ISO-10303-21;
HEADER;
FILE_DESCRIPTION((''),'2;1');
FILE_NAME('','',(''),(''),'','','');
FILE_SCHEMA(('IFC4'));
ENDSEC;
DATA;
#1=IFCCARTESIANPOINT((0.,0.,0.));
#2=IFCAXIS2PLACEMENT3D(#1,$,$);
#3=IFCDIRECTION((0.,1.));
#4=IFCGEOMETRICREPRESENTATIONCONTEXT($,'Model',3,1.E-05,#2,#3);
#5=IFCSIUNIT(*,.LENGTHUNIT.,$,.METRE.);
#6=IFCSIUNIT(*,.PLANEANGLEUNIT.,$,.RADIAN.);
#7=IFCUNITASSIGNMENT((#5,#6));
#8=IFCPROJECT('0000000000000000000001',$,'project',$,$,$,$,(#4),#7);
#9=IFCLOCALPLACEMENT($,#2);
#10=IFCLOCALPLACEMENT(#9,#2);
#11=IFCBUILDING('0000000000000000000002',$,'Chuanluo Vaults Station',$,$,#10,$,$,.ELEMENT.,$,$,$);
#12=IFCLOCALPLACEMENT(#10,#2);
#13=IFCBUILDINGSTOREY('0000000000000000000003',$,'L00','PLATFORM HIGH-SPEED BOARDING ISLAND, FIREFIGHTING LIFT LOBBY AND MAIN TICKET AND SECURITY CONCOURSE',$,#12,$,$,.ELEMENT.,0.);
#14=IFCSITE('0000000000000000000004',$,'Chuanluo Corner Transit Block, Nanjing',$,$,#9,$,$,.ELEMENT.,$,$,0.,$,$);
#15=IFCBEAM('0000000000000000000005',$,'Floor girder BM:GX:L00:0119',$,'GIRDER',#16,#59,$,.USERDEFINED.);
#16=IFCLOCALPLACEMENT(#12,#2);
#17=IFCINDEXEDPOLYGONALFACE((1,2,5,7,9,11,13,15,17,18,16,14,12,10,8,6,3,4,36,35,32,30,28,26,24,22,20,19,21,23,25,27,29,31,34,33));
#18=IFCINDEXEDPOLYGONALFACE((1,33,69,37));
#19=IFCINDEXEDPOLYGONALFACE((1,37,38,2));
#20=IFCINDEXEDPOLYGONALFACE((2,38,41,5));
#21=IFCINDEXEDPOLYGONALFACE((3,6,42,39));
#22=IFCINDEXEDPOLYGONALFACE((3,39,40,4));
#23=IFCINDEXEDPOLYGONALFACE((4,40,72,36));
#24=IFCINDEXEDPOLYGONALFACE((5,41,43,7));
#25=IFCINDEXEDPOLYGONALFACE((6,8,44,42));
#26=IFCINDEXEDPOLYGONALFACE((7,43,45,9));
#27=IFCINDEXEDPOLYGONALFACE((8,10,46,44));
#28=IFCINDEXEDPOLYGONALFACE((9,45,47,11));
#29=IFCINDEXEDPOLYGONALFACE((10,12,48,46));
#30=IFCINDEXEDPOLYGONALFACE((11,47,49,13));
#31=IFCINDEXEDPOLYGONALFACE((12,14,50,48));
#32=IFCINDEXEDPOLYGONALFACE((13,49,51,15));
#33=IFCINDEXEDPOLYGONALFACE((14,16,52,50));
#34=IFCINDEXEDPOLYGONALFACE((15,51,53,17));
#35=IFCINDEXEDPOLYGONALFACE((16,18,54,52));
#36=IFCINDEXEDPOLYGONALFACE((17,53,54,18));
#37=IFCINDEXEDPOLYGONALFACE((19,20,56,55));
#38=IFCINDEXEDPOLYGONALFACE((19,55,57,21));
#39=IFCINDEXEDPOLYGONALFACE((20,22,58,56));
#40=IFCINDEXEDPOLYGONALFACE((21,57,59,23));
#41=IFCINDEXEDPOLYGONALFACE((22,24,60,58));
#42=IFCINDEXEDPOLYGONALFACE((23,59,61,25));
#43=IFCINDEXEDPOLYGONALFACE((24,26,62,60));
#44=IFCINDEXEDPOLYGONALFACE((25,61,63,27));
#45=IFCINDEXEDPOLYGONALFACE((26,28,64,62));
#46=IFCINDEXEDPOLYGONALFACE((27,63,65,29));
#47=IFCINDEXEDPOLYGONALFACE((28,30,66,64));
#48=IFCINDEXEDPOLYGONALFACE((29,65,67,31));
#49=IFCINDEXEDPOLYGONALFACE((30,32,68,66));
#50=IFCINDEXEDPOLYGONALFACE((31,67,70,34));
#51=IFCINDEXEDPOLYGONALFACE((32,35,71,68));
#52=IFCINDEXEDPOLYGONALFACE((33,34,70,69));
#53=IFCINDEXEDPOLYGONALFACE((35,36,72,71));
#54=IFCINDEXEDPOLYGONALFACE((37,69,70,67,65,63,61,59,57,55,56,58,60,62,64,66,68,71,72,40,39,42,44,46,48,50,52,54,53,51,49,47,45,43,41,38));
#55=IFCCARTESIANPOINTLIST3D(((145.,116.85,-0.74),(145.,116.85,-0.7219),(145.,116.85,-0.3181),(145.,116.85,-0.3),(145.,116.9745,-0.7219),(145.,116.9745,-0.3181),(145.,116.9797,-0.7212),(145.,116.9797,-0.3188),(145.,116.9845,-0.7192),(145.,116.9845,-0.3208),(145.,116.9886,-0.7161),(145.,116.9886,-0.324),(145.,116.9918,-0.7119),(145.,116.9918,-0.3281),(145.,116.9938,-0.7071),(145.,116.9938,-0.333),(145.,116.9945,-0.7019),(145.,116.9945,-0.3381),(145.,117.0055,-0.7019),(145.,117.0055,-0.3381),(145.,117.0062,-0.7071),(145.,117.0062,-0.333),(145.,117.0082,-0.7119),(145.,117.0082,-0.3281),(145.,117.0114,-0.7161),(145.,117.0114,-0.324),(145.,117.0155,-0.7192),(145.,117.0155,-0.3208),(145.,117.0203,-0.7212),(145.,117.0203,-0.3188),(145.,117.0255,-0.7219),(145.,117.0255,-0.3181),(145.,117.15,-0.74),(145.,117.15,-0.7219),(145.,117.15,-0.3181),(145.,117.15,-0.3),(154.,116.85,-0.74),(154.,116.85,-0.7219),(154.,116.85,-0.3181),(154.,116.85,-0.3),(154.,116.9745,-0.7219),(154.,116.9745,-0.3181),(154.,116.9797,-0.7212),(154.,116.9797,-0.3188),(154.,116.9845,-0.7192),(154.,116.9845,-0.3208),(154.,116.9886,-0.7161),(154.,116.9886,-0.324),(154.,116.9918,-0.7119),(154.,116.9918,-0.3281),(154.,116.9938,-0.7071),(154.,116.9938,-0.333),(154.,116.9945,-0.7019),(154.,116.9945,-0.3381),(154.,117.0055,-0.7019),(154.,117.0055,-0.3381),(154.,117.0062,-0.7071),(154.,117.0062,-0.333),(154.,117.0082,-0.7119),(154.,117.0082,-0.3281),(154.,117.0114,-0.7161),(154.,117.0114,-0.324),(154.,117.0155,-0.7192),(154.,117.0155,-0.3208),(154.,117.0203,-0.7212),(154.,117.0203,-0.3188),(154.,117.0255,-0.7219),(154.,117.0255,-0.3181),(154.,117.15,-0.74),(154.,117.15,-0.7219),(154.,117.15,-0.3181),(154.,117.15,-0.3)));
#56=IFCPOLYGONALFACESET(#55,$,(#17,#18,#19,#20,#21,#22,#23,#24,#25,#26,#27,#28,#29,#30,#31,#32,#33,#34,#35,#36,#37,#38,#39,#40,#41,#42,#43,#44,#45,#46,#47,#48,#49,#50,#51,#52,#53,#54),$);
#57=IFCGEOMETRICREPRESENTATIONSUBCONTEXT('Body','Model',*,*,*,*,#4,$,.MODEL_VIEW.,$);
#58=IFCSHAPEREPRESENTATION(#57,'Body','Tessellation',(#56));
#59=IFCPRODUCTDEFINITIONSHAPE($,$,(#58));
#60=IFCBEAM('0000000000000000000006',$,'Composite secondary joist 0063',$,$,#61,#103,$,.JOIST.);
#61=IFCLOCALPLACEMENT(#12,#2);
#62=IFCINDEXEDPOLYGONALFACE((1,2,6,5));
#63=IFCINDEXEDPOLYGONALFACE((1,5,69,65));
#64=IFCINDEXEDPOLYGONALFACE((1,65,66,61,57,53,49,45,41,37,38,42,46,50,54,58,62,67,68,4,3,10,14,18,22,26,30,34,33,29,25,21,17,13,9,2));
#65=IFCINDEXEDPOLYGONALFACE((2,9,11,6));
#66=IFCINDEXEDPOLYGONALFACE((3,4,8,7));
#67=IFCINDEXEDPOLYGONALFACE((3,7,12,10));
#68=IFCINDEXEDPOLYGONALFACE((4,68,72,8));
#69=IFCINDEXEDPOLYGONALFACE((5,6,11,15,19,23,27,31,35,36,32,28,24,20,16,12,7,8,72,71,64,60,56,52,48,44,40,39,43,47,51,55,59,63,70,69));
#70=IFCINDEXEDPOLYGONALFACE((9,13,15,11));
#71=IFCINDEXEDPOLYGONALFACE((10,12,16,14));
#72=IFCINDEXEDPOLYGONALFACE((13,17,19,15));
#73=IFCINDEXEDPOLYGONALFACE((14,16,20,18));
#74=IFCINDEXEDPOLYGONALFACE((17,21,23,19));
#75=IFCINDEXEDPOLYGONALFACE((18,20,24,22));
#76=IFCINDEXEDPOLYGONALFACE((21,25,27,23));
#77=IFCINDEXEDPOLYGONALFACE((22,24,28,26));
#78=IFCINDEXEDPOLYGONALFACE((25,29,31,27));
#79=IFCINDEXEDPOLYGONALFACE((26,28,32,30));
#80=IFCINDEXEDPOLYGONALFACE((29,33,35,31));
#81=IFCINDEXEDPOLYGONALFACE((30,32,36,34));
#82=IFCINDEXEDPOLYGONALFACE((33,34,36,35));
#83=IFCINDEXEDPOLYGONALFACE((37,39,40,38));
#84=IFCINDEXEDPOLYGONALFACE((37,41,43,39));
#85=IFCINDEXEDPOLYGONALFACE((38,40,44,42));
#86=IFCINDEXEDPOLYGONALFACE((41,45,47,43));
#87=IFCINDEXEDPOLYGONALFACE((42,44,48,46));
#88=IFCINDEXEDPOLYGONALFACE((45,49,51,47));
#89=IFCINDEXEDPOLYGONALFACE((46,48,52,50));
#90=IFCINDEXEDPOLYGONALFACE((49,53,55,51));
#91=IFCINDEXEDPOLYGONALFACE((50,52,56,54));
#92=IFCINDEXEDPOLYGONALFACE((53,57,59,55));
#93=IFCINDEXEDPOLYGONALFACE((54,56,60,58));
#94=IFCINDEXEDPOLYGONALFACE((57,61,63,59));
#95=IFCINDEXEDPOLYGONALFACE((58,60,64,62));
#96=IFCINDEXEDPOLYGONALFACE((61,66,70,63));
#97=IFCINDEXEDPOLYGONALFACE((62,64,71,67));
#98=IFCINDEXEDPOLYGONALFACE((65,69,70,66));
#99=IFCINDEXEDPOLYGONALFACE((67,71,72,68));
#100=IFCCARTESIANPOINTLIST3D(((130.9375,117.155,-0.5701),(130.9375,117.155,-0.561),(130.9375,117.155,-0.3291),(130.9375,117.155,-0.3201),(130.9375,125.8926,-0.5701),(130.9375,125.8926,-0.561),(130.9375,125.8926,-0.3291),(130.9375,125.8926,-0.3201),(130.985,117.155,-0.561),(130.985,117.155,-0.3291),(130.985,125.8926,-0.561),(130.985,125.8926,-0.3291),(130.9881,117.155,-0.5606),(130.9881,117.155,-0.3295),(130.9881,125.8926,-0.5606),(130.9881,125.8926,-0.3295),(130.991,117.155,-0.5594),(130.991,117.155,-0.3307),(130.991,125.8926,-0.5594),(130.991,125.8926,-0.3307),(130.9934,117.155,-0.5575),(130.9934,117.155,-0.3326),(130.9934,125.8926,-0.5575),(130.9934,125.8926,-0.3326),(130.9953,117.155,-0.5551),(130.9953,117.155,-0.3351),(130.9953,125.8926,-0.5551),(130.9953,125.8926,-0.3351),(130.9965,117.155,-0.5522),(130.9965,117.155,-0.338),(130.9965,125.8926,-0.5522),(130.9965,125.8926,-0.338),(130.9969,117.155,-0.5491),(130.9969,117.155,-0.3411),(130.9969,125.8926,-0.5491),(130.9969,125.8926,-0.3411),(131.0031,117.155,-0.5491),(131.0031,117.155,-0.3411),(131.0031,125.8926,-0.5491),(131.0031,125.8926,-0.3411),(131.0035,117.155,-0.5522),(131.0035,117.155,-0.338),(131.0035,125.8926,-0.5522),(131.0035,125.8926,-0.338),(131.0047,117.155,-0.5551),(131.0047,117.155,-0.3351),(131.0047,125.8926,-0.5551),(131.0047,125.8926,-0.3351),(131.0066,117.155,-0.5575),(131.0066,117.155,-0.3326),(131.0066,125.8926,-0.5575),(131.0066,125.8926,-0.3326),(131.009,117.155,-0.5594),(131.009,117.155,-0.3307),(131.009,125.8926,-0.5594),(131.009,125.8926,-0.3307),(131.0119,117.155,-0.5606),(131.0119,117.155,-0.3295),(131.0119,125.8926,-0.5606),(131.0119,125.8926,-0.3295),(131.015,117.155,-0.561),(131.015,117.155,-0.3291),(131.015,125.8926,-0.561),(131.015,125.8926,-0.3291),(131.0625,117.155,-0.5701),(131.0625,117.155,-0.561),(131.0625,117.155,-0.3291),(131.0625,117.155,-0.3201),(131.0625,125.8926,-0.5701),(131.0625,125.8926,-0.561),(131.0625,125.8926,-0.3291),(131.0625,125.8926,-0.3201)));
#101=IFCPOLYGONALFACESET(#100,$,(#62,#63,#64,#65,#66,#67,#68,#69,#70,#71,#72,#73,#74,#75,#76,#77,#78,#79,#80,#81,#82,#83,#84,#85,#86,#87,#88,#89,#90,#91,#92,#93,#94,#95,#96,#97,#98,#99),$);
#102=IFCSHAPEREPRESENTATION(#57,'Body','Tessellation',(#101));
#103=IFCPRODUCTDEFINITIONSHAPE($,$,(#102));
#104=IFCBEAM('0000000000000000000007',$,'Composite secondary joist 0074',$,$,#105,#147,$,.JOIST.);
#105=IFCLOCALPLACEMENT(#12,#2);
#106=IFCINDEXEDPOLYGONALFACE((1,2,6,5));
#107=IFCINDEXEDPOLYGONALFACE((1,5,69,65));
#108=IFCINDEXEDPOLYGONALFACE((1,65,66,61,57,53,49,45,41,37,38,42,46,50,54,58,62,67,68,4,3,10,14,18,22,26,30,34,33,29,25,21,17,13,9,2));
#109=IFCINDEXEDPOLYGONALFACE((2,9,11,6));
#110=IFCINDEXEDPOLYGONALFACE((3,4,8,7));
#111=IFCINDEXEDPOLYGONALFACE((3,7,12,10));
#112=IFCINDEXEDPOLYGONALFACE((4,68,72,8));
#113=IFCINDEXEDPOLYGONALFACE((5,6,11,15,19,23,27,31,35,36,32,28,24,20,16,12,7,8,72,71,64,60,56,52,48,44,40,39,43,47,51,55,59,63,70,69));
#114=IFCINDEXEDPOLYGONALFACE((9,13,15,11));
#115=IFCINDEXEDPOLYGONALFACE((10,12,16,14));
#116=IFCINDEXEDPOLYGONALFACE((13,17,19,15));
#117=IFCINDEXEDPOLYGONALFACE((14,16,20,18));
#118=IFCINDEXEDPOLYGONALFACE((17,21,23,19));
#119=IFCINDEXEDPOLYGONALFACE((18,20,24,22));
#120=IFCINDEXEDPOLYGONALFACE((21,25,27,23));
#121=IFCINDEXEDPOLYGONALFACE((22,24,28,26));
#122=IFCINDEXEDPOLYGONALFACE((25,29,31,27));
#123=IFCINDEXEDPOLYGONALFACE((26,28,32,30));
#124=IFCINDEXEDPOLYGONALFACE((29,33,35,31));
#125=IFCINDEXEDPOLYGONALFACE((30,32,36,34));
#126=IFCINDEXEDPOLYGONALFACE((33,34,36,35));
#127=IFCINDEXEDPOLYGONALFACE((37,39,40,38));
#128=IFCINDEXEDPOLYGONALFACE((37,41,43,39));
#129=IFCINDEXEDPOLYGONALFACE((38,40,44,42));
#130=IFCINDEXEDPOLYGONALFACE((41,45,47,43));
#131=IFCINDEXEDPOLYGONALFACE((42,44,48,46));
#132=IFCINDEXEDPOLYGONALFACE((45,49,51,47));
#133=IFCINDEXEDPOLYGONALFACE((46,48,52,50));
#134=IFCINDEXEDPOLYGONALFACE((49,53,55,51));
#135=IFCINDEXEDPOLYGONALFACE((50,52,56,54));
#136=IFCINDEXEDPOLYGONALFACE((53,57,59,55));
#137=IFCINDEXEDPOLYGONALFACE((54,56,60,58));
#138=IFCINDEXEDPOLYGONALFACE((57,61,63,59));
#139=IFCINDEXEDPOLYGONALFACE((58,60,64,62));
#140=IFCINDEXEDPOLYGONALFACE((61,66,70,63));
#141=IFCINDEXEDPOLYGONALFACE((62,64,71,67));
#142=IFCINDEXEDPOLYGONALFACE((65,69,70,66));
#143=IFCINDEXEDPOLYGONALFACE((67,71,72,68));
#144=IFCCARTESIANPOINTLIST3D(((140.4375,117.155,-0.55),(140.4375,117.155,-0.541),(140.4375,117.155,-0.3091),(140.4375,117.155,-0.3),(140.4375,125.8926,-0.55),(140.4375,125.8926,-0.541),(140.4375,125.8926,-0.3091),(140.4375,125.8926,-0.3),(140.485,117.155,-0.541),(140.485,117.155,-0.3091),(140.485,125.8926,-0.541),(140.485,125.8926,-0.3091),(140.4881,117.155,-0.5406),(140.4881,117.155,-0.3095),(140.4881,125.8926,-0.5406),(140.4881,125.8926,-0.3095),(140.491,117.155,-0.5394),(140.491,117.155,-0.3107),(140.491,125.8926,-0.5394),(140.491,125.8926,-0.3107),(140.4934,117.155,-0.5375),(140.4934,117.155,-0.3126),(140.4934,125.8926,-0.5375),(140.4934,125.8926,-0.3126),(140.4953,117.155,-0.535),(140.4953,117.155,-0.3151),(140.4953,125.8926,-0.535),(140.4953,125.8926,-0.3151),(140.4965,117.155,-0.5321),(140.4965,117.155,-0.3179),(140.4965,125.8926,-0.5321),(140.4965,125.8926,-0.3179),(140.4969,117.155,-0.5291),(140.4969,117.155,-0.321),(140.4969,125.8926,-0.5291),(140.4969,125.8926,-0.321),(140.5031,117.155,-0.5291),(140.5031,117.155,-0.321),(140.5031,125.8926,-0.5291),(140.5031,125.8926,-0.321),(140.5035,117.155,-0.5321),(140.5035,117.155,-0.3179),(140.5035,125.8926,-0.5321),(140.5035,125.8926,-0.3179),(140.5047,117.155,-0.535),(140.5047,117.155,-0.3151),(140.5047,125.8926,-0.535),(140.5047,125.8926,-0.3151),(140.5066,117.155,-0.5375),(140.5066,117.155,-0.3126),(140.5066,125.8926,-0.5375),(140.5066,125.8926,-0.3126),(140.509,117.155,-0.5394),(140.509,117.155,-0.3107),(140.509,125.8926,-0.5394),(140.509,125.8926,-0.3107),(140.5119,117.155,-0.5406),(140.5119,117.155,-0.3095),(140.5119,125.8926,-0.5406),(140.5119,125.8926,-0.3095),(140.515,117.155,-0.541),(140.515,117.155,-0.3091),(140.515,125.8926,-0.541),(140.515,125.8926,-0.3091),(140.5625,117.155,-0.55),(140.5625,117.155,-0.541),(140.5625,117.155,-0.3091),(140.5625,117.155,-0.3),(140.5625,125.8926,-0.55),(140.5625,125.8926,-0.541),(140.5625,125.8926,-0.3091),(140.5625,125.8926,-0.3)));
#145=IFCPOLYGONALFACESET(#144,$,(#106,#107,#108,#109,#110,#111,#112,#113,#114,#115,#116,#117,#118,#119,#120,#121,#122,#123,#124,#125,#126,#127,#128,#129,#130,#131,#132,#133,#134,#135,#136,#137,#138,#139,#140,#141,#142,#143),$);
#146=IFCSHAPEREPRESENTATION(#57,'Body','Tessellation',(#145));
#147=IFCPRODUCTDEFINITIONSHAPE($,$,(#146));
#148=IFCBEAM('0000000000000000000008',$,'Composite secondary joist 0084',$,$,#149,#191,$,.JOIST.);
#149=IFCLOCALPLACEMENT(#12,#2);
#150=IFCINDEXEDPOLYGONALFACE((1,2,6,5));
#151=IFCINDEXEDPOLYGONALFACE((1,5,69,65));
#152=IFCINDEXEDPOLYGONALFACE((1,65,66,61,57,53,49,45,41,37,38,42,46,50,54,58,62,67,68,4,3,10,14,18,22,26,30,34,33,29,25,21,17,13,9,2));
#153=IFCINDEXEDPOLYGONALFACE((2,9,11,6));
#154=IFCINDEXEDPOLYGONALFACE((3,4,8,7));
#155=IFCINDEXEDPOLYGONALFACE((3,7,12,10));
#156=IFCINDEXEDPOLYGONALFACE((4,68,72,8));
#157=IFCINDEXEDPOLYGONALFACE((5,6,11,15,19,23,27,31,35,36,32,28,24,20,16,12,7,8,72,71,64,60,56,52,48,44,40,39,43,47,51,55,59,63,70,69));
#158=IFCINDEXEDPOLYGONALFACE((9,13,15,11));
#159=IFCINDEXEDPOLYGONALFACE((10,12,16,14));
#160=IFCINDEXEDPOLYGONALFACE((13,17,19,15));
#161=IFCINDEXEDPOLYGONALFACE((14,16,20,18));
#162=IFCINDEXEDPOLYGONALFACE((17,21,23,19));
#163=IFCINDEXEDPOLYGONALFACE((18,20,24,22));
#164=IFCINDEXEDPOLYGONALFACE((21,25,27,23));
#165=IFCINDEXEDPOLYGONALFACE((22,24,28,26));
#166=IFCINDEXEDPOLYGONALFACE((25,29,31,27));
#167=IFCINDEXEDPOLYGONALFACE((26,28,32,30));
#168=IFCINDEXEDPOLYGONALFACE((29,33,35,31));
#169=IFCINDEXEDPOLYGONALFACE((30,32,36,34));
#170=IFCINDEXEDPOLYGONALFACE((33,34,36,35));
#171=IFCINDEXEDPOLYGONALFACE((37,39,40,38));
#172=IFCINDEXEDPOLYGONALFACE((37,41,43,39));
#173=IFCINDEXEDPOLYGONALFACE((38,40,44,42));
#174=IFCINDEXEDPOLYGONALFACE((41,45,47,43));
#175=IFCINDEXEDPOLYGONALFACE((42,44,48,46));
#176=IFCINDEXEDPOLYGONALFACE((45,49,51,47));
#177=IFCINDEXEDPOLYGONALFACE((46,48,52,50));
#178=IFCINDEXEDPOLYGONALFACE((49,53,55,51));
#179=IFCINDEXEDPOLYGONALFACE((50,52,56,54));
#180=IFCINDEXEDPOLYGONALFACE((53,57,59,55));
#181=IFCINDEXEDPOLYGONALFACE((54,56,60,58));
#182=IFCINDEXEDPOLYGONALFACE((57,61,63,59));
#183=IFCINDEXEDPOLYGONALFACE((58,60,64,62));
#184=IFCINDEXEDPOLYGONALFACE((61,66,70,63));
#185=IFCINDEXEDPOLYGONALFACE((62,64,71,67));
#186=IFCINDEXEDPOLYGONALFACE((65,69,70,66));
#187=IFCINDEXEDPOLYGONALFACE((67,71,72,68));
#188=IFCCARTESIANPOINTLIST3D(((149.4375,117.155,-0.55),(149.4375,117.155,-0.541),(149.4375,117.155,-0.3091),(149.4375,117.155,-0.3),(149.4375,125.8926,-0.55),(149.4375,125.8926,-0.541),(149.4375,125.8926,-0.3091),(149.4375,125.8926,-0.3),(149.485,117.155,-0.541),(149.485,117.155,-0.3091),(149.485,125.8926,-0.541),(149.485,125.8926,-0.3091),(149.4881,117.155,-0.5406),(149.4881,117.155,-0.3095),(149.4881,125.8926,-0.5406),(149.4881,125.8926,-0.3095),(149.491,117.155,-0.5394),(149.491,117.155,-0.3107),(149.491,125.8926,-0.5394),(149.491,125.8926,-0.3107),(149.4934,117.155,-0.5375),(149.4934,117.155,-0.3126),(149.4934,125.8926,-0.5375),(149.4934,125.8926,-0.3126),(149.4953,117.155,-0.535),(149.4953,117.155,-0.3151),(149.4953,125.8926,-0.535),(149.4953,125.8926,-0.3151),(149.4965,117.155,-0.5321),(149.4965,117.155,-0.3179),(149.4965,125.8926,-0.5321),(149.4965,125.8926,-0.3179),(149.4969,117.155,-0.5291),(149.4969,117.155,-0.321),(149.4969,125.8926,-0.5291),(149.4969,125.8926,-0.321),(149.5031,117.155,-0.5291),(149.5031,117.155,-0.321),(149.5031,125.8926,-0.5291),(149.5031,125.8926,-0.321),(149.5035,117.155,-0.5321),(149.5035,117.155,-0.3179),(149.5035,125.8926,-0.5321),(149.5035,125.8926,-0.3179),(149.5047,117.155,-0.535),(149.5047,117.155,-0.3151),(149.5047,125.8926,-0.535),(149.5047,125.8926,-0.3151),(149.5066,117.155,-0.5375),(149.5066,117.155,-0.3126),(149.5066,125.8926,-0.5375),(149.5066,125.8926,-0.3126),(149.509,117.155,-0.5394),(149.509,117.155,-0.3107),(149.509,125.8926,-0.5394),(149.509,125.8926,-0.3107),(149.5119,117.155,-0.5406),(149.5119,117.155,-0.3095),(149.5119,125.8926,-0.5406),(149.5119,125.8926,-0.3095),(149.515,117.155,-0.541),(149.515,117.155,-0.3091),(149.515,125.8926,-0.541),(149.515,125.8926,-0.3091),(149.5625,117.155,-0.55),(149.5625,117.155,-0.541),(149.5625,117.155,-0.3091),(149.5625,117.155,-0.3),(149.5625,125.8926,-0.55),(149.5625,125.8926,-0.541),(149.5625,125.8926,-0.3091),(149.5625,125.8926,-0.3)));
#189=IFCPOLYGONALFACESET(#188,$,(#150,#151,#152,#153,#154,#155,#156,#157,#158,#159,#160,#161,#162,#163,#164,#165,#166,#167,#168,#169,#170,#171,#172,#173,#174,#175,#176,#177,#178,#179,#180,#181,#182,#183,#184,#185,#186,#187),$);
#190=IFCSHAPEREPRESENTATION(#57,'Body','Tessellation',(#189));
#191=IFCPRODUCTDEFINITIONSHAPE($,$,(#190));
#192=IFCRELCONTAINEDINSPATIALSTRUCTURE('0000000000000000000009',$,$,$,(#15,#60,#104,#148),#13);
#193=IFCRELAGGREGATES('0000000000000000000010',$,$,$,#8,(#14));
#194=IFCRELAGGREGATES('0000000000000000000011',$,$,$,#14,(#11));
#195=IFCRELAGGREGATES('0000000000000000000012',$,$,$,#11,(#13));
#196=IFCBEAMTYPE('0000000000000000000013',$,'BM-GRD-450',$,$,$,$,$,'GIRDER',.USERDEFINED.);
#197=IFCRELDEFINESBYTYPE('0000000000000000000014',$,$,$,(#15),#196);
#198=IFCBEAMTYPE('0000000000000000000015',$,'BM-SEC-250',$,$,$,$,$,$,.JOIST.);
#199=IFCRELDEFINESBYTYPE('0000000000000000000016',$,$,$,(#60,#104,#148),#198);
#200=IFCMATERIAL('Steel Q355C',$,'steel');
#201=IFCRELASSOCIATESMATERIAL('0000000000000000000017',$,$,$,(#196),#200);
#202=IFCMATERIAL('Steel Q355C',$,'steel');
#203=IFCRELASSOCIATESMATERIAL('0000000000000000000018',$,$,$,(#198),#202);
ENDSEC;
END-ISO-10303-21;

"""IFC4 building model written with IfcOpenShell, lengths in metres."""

from ifc_helpers import new_model, si_unit, direction, frame, origin, origin_2d, place, context, subcontext, project, spatial, i_section, extrude, material, material_profile, profile_set, type_object, element, save


model = new_model("IFC4")

# Units and contexts
model_context = context("Model", 3, precision=1e-05, world=origin(), true_north=direction((0.0, 1.0)))
body_context = subcontext(model_context, "Body", "Model", "MODEL_VIEW")
ifc_project = project(units=[si_unit("LENGTHUNIT", "METRE"), si_unit("PLANEANGLEUNIT", "RADIAN")], contexts=[model_context])

# Site, building, storey
site_placement = place(None, origin())
site = spatial("IfcSite", under=ifc_project, at=site_placement, Name="Chuanluo Corner Transit Block, Nanjing", CompositionType="ELEMENT", RefElevation=0.0)
building_placement = place(site_placement, origin())
building = spatial("IfcBuilding", under=site, at=building_placement, Name="Chuanluo Vaults Station", CompositionType="ELEMENT")
storey_placement = place(building_placement, origin())
storey = spatial("IfcBuildingStorey", under=building, at=storey_placement, Name="L00", Description="PLATFORM HIGH-SPEED BOARDING ISLAND, FIREFIGHTING LIFT LOBBY AND MAIN TICKET AND SECURITY CONCOURSE", CompositionType="ELEMENT", Elevation=0.0)

# Beams
ifc_material_1 = material(Name="Steel Q355C", Category="steel")
ifc_material_profile_1 = material_profile(ifc_material_1, i_section(OverallWidth=0.3, OverallDepth=0.4399, WebThickness=0.011, FlangeThickness=0.0181, FilletRadius=0.02, at=origin_2d()))
ifc_profile_set_1 = profile_set([ifc_material_profile_1], Name="Steel Q355C")
beam_type_1 = type_object("IfcBeamType", Name="BM-GRD-450", ElementType="GIRDER", PredefinedType="USERDEFINED", material=ifc_profile_set_1)
for number, where, z_axis, x_axis, name in (
    (1, (145.0, 117.0, -0.52), (1.0, 0.0, 0.0), (0.0, 1.0, 0.0), "Floor girder BM:GX:L00:0119"),
):
    element("IfcBeam", number, at=place(storey_placement, frame(where, z_axis=z_axis, x_axis=x_axis)), inside=storey, type_object=beam_type_1, Name=name, ObjectType="GIRDER", PredefinedType="USERDEFINED", context=body_context, shape_type="SweptSolid", body=[
        extrude(i_section(OverallWidth=0.3, OverallDepth=0.4399, WebThickness=0.011, FlangeThickness=0.0181, FilletRadius=0.02, at=origin_2d()), origin(), (0.0, 0.0, 1.0), 9.0),
    ])
ifc_material_2 = material(Name="Steel Q355C", Category="steel")
ifc_material_profile_2 = material_profile(ifc_material_2, i_section(OverallWidth=0.125, OverallDepth=0.25, WebThickness=0.0061, FlangeThickness=0.009, FilletRadius=0.012, at=origin_2d()))
ifc_profile_set_2 = profile_set([ifc_material_profile_2], Name="Steel Q355C")
beam_type_2 = type_object("IfcBeamType", Name="BM-SEC-250", PredefinedType="JOIST", material=ifc_profile_set_2)
for number, where, z_axis, x_axis, name in (
    (2, (131.0, 117.155, -0.4451), (0.0, 1.0, 0.0), (-1.0, 0.0, 0.0), "Composite secondary joist 0063"),
    (3, (140.5, 117.155, -0.425), (0.0, 1.0, 0.0), (-1.0, 0.0, 0.0), "Composite secondary joist 0074"),
    (4, (149.5, 117.155, -0.425), (0.0, 1.0, 0.0), (-1.0, 0.0, 0.0), "Composite secondary joist 0084"),
):
    element("IfcBeam", number, at=place(storey_placement, frame(where, z_axis=z_axis, x_axis=x_axis)), inside=storey, type_object=beam_type_2, Name=name, PredefinedType="JOIST", context=body_context, shape_type="SweptSolid", body=[
        extrude(i_section(OverallWidth=0.125, OverallDepth=0.25, WebThickness=0.0061, FlangeThickness=0.009, FilletRadius=0.012, at=origin_2d()), origin(), (0.0, 0.0, 1.0), 8.7375),
    ])

save(model, "model.ifc")
